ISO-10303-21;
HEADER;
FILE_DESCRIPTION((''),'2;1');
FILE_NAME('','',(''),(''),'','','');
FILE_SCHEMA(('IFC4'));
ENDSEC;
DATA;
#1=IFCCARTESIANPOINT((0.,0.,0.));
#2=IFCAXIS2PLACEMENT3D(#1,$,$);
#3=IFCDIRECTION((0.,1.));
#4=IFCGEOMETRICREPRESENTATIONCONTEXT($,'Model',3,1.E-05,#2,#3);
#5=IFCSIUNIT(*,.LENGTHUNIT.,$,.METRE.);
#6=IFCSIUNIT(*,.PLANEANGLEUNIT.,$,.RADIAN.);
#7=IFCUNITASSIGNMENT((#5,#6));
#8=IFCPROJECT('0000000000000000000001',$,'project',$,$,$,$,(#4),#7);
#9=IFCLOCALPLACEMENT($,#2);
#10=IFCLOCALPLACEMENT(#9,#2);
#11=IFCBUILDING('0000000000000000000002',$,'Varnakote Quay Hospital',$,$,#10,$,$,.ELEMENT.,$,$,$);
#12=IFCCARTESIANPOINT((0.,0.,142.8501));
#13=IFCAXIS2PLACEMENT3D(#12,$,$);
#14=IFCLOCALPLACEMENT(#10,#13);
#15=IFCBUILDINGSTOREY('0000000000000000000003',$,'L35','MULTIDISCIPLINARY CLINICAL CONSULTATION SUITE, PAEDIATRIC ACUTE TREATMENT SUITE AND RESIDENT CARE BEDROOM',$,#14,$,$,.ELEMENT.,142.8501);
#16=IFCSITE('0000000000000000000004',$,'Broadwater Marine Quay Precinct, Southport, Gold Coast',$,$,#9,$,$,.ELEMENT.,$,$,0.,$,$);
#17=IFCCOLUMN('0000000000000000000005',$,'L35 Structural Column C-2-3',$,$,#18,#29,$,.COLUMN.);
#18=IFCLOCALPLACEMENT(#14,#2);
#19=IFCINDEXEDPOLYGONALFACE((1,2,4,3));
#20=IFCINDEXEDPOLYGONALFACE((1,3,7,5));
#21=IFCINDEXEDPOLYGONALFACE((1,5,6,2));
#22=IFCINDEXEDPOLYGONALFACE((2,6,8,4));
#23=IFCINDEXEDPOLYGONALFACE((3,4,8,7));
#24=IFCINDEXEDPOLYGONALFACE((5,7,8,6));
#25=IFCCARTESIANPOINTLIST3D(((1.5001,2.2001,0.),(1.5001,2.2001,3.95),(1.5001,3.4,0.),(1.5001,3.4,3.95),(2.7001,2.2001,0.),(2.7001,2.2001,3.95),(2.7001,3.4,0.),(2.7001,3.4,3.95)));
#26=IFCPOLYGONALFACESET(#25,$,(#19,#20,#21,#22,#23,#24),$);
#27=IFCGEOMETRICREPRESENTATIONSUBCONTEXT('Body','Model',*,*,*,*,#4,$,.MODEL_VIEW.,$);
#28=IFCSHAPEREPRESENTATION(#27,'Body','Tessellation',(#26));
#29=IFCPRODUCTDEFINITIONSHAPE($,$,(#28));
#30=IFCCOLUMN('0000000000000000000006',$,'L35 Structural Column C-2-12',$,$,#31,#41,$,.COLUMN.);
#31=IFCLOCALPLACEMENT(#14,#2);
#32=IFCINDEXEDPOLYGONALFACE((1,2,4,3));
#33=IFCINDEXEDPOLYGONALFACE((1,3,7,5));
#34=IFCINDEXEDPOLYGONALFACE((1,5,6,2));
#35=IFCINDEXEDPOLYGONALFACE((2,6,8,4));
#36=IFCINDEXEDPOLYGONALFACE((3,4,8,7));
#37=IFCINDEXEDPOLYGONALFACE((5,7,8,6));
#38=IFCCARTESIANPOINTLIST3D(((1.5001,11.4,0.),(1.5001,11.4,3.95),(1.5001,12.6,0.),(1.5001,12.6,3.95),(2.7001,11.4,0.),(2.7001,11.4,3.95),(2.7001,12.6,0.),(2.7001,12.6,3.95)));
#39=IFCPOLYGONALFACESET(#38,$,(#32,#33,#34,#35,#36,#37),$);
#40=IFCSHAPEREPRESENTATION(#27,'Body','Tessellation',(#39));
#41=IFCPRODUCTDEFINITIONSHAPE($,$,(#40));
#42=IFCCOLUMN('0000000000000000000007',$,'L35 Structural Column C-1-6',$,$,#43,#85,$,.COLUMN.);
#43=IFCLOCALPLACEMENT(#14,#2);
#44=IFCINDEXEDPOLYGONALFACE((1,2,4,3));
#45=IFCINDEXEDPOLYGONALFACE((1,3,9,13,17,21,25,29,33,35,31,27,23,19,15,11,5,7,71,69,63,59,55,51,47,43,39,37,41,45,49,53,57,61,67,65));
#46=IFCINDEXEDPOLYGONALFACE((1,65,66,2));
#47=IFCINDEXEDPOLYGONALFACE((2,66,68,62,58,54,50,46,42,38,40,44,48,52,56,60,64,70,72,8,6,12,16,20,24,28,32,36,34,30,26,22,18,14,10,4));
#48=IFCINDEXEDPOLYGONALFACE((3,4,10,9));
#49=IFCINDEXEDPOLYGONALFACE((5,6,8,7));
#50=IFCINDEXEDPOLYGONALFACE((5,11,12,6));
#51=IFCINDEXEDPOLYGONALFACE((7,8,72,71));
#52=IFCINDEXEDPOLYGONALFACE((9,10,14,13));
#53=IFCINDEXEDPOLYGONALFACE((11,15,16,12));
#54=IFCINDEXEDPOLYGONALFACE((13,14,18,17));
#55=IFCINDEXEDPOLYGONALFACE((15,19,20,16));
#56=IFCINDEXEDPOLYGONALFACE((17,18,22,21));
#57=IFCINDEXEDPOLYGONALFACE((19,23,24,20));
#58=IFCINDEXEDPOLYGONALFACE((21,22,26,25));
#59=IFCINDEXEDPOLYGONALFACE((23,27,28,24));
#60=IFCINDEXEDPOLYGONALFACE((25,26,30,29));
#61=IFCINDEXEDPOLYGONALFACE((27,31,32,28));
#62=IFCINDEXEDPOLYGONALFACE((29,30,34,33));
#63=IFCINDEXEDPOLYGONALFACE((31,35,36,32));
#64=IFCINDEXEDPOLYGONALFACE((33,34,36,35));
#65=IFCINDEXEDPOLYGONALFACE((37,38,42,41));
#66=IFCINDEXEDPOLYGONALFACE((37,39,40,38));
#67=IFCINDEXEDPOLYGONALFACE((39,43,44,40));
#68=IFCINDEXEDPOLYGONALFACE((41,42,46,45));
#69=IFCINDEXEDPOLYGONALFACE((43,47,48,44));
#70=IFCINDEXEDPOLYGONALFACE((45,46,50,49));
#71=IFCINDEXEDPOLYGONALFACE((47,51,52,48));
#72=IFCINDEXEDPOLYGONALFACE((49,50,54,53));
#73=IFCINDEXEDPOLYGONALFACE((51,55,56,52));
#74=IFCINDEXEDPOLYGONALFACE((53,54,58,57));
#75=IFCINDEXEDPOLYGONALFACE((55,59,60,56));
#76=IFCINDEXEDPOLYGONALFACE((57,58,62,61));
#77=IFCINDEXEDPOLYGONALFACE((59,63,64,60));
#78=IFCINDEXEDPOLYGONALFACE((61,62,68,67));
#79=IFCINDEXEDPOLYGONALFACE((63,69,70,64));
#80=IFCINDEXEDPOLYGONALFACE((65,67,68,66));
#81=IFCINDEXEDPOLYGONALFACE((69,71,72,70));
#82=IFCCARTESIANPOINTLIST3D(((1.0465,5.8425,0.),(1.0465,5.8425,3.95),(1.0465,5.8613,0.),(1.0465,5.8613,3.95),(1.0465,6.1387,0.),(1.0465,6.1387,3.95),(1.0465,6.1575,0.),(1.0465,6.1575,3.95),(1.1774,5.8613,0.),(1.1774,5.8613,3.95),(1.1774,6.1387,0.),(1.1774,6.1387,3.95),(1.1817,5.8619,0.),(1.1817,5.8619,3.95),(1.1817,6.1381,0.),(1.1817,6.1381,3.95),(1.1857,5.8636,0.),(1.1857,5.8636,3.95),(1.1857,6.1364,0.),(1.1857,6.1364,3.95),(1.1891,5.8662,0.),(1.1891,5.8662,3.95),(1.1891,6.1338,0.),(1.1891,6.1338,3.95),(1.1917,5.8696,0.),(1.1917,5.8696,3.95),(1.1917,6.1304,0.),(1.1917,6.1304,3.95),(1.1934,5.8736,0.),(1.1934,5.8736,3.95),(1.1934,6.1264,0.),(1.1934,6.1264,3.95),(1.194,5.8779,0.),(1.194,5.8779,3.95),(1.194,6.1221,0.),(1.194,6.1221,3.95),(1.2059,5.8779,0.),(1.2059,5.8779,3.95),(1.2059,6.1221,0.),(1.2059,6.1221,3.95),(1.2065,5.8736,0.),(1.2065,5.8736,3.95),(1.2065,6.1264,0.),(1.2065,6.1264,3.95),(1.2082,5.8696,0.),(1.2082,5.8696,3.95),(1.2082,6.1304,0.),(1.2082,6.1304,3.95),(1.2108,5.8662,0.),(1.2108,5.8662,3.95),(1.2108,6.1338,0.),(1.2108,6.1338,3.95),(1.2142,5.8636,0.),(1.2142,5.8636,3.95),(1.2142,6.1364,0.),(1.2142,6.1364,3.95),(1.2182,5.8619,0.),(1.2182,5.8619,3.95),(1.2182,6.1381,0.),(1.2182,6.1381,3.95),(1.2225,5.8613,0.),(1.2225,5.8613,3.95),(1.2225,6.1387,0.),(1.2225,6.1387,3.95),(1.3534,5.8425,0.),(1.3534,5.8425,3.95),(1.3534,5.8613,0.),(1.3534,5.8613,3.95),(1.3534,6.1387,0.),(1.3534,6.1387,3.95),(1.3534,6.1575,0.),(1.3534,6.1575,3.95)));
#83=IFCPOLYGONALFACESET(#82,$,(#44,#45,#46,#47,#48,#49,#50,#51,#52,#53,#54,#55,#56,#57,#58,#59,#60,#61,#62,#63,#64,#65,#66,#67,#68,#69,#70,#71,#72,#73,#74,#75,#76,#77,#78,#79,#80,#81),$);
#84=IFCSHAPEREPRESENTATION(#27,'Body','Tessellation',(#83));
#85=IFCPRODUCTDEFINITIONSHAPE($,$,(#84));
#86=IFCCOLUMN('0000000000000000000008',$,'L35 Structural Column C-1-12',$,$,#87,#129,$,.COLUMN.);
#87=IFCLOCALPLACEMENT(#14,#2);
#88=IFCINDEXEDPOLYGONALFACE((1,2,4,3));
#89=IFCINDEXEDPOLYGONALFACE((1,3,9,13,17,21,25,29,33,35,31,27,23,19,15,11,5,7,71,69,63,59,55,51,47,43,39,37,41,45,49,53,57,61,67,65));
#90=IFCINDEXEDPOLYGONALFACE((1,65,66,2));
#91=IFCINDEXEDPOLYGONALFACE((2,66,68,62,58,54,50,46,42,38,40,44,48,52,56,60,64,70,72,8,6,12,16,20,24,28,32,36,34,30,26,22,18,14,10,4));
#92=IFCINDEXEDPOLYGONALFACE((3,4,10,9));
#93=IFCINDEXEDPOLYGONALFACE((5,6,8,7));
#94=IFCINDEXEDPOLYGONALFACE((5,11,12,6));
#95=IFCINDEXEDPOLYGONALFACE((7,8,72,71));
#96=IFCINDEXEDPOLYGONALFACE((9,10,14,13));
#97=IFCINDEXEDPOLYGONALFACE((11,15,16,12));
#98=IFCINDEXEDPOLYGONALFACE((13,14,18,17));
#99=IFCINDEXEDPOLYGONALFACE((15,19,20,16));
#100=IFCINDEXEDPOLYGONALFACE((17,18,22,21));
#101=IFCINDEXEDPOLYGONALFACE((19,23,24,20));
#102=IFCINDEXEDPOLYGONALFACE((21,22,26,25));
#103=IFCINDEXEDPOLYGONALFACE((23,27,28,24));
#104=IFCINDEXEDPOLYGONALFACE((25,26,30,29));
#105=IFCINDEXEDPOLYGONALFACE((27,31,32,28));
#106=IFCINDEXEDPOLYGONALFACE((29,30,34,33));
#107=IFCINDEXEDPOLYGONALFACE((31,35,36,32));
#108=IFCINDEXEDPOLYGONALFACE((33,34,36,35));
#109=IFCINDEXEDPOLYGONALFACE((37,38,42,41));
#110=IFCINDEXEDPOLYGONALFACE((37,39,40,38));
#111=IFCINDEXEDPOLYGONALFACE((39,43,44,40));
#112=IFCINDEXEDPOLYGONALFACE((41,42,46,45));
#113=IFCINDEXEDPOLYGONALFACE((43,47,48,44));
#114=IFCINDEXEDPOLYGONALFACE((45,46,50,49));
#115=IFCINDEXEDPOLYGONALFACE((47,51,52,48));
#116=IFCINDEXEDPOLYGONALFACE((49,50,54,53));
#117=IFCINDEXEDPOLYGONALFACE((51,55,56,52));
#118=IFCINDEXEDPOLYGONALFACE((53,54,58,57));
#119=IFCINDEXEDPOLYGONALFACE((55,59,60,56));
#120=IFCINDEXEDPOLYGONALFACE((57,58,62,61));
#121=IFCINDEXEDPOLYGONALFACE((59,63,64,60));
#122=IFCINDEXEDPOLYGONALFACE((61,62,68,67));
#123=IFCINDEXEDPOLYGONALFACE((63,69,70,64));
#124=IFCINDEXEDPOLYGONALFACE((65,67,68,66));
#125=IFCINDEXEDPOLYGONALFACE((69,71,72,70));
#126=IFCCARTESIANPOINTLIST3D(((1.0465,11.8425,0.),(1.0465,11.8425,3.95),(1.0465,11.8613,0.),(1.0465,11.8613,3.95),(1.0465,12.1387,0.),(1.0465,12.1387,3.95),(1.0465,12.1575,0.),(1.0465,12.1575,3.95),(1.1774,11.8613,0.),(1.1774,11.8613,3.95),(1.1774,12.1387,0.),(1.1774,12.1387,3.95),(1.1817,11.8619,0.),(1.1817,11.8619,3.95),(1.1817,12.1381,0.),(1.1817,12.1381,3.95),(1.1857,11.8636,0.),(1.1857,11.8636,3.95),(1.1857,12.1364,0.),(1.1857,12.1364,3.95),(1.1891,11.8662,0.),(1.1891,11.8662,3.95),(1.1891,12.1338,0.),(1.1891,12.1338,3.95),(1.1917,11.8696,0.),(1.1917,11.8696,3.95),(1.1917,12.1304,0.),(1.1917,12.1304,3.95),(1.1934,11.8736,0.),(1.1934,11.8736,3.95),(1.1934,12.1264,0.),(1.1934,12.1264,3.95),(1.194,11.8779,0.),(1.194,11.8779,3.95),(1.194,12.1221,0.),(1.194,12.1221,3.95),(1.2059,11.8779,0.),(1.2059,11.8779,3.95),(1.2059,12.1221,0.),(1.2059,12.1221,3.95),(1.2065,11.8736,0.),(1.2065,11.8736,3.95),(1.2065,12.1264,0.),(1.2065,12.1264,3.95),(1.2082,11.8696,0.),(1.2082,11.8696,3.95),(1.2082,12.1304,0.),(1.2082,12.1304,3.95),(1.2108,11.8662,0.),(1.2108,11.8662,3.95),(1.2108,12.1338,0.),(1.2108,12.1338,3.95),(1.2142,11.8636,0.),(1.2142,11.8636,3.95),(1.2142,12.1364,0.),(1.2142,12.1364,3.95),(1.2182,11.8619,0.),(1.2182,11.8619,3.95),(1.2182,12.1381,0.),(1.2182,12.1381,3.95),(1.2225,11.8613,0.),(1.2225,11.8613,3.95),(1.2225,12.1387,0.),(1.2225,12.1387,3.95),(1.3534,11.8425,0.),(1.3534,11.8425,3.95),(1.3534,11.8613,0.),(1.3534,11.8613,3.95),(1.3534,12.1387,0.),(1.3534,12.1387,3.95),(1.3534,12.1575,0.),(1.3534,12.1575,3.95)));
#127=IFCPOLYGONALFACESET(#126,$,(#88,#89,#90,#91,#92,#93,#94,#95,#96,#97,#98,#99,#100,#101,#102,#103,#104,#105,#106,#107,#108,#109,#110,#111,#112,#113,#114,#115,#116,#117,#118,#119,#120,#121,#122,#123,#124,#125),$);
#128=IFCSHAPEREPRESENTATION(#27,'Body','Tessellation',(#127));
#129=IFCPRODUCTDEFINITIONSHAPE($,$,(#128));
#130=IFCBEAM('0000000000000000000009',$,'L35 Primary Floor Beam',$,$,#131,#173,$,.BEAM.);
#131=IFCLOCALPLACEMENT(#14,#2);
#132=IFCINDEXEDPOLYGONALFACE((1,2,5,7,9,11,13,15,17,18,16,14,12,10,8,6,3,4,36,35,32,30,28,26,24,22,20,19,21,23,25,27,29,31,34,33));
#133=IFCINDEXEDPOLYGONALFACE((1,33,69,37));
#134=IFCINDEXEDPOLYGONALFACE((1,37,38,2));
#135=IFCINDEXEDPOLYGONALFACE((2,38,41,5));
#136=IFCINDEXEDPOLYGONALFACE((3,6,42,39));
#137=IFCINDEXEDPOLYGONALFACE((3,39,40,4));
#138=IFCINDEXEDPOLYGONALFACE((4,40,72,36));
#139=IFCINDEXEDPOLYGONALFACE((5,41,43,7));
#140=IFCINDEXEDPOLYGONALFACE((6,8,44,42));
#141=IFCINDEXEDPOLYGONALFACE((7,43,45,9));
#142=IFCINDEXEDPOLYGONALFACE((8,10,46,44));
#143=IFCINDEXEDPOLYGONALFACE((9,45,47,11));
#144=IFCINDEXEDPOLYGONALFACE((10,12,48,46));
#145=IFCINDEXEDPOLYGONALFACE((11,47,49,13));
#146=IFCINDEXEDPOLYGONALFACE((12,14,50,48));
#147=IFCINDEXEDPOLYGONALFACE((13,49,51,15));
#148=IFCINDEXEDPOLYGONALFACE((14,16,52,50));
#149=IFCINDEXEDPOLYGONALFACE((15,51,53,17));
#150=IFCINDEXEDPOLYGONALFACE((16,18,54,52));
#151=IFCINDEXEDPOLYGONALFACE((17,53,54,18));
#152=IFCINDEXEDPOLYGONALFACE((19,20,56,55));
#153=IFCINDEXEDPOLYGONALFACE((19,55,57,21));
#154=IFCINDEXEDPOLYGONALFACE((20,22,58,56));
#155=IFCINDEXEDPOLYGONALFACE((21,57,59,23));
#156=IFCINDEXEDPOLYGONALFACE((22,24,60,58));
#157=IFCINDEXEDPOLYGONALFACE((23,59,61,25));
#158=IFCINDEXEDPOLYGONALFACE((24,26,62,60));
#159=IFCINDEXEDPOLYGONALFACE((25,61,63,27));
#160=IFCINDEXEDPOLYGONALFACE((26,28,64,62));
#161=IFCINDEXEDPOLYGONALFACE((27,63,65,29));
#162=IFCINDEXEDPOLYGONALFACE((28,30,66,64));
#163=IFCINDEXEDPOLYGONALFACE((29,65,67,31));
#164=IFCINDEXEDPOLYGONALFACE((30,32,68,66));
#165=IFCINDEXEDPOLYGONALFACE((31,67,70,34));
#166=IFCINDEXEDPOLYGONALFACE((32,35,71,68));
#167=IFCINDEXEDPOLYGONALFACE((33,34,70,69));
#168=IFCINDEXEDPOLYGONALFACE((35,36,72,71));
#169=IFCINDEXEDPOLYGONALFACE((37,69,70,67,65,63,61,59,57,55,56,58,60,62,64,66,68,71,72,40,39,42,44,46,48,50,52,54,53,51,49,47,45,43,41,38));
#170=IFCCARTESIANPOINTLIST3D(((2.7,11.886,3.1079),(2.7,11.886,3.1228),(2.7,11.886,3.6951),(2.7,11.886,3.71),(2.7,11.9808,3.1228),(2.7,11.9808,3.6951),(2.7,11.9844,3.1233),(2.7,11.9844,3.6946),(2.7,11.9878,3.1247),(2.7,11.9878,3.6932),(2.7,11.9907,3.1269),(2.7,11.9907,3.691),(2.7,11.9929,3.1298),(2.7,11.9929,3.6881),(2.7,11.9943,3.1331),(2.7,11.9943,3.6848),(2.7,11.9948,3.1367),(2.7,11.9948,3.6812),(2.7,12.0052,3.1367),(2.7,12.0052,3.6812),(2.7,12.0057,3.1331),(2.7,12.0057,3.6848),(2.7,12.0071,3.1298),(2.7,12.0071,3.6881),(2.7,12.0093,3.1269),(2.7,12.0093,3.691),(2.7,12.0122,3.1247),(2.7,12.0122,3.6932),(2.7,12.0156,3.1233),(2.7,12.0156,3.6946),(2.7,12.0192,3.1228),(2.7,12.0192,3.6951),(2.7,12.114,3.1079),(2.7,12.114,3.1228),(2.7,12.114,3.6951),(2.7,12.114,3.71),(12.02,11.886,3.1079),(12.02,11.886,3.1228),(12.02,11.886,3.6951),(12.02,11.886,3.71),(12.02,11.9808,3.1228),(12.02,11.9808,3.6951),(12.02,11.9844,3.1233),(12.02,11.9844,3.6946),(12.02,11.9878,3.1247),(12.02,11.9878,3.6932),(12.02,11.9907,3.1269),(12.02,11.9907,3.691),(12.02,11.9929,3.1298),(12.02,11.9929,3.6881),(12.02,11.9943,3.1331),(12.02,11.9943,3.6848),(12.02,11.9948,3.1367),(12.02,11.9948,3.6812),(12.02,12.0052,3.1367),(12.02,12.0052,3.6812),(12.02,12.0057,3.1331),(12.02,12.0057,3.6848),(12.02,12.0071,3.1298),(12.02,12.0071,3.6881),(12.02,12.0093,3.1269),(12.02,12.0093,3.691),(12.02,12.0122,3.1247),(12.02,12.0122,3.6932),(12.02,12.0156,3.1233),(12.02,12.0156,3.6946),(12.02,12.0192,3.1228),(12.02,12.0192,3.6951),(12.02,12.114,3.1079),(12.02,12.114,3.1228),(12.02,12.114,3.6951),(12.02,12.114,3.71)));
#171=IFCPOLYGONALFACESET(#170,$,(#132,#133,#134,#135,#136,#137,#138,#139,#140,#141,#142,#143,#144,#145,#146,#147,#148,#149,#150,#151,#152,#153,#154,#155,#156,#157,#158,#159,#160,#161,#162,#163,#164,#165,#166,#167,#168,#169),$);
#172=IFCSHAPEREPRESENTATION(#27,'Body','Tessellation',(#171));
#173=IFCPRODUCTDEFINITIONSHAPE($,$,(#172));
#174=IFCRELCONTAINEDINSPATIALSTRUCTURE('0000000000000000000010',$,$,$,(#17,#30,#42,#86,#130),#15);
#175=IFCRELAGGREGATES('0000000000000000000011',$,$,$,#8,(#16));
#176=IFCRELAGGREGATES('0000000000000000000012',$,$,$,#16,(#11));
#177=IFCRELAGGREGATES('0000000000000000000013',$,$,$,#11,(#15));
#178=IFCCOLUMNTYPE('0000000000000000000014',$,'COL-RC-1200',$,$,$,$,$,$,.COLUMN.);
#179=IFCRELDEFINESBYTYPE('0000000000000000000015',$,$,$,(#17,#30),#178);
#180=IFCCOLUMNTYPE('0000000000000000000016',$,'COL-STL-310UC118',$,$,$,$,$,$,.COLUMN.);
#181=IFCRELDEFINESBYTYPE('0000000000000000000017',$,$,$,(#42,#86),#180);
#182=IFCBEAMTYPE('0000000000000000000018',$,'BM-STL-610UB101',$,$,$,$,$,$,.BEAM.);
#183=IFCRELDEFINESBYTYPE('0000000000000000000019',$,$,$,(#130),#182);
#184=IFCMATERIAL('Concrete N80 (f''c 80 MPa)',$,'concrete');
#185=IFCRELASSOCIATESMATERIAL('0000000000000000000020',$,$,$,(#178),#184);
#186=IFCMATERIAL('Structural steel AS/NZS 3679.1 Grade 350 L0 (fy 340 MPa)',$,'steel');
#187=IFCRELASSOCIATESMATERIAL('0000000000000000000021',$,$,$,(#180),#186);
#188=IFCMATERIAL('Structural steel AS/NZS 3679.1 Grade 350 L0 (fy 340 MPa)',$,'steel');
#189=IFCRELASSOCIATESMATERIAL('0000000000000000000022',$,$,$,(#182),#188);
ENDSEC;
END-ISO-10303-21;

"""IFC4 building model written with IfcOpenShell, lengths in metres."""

from ifc_helpers import new_model, si_unit, direction, frame, origin, origin_2d, place, context, subcontext, project, spatial, rectangle, i_section, extrude, material, material_profile, profile_set, type_object, element, save


model = new_model("IFC4")

# Units and contexts
model_context = context("Model", 3, precision=1e-05, world=origin(), true_north=direction((0.0, 1.0)))
body_context = subcontext(model_context, "Body", "Model", "MODEL_VIEW")
ifc_project = project(units=[si_unit("LENGTHUNIT", "METRE"), si_unit("PLANEANGLEUNIT", "RADIAN")], contexts=[model_context])

# Site, building, storey
site_placement = place(None, origin())
site = spatial("IfcSite", under=ifc_project, at=site_placement, Name="Broadwater Marine Quay Precinct, Southport, Gold Coast", CompositionType="ELEMENT", RefElevation=0.0)
building_placement = place(site_placement, origin())
building = spatial("IfcBuilding", under=site, at=building_placement, Name="Varnakote Quay Hospital", CompositionType="ELEMENT")
storey_placement = place(building_placement, frame((0.0, 0.0, 142.8501)))
storey = spatial("IfcBuildingStorey", under=building, at=storey_placement, Name="L35", Description="MULTIDISCIPLINARY CLINICAL CONSULTATION SUITE, PAEDIATRIC ACUTE TREATMENT SUITE AND RESIDENT CARE BEDROOM", CompositionType="ELEMENT", Elevation=142.8501)

# Columns
ifc_material_1 = material(Name="Concrete N80 (f'c 80 MPa)", Category="concrete")
ifc_material_profile_1 = material_profile(ifc_material_1, rectangle(XDim=1.2, YDim=1.2, at=origin_2d()), Name="RC-COL-1200x1200")
ifc_profile_set_1 = profile_set([ifc_material_profile_1], Name="Concrete N80 (f'c 80 MPa)")
column_type_1 = type_object("IfcColumnType", Name="COL-RC-1200", PredefinedType="COLUMN", material=ifc_profile_set_1)
for number, where, z_axis, x_axis, name in (
    (1, (2.1001, 2.8, 0.0), (0.0, 0.0, 1.0), (1.0, 0.0, 0.0), "L35 Structural Column C-2-3"),
    (2, (2.1001, 12.0, 0.0), (0.0, 0.0, 1.0), (1.0, 0.0, 0.0), "L35 Structural Column C-2-12"),
):
    element("IfcColumn", number, at=place(storey_placement, frame(where, z_axis=z_axis, x_axis=x_axis)), inside=storey, type_object=column_type_1, Name=name, PredefinedType="COLUMN", context=body_context, shape_type="SweptSolid", body=[
        extrude(rectangle(XDim=1.2, YDim=1.2, at=origin_2d()), origin(), (0.0, 0.0, 1.0), 3.95),
    ])
ifc_material_2 = material(Name="Structural steel AS/NZS 3679.1 Grade 350 L0 (fy 340 MPa)", Category="steel")
ifc_material_profile_2 = material_profile(ifc_material_2, i_section(OverallWidth=0.3069, OverallDepth=0.3149, WebThickness=0.012, FlangeThickness=0.0188, FilletRadius=0.0166, at=origin_2d()), Name="310UC118")
ifc_profile_set_2 = profile_set([ifc_material_profile_2], Name="Structural steel AS/NZS 3679.1 Grade 350 L0 (fy 340 MPa)")
column_type_2 = type_object("IfcColumnType", Name="COL-STL-310UC118", PredefinedType="COLUMN", material=ifc_profile_set_2)
for number, where, z_axis, x_axis, name in (
    (3, (1.2, 6.0, 0.0), (0.0, 0.0, 1.0), (1.0, 0.0, 0.0), "L35 Structural Column C-1-6"),
    (4, (1.2, 12.0, 0.0), (0.0, 0.0, 1.0), (1.0, 0.0, 0.0), "L35 Structural Column C-1-12"),
):
    element("IfcColumn", number, at=place(storey_placement, frame(where, z_axis=z_axis, x_axis=x_axis)), inside=storey, type_object=column_type_2, Name=name, PredefinedType="COLUMN", context=body_context, shape_type="SweptSolid", body=[
        extrude(i_section(OverallWidth=0.3069, OverallDepth=0.3149, WebThickness=0.012, FlangeThickness=0.0188, FilletRadius=0.0166, at=origin_2d()), origin(), (0.0, 0.0, 1.0), 3.95),
    ])

# Beam
ifc_material_3 = material(Name="Structural steel AS/NZS 3679.1 Grade 350 L0 (fy 340 MPa)", Category="steel")
ifc_material_profile_3 = material_profile(ifc_material_3, i_section(OverallWidth=0.228, OverallDepth=0.6021, WebThickness=0.0105, FlangeThickness=0.0149, FilletRadius=0.0139, at=origin_2d()), Name="610UB101")
ifc_profile_set_3 = profile_set([ifc_material_profile_3], Name="Structural steel AS/NZS 3679.1 Grade 350 L0 (fy 340 MPa)")
beam_type_1 = type_object("IfcBeamType", Name="BM-STL-610UB101", PredefinedType="BEAM", material=ifc_profile_set_3)
beam_1_placement = place(storey_placement, frame((2.7, 12.0, 3.4089), z_axis=(1.0, 0.0, 0.0), x_axis=(0.0, 1.0, 0.0)))
element("IfcBeam", 5, at=beam_1_placement, inside=storey, type_object=beam_type_1, Name="L35 Primary Floor Beam", PredefinedType="BEAM", context=body_context, shape_type="SweptSolid", body=[
    extrude(i_section(OverallWidth=0.228, OverallDepth=0.6021, WebThickness=0.0105, FlangeThickness=0.0149, FilletRadius=0.0139, at=origin_2d()), origin(), (0.0, 0.0, 1.0), 9.3201),
])

save(model, "model.ifc")
